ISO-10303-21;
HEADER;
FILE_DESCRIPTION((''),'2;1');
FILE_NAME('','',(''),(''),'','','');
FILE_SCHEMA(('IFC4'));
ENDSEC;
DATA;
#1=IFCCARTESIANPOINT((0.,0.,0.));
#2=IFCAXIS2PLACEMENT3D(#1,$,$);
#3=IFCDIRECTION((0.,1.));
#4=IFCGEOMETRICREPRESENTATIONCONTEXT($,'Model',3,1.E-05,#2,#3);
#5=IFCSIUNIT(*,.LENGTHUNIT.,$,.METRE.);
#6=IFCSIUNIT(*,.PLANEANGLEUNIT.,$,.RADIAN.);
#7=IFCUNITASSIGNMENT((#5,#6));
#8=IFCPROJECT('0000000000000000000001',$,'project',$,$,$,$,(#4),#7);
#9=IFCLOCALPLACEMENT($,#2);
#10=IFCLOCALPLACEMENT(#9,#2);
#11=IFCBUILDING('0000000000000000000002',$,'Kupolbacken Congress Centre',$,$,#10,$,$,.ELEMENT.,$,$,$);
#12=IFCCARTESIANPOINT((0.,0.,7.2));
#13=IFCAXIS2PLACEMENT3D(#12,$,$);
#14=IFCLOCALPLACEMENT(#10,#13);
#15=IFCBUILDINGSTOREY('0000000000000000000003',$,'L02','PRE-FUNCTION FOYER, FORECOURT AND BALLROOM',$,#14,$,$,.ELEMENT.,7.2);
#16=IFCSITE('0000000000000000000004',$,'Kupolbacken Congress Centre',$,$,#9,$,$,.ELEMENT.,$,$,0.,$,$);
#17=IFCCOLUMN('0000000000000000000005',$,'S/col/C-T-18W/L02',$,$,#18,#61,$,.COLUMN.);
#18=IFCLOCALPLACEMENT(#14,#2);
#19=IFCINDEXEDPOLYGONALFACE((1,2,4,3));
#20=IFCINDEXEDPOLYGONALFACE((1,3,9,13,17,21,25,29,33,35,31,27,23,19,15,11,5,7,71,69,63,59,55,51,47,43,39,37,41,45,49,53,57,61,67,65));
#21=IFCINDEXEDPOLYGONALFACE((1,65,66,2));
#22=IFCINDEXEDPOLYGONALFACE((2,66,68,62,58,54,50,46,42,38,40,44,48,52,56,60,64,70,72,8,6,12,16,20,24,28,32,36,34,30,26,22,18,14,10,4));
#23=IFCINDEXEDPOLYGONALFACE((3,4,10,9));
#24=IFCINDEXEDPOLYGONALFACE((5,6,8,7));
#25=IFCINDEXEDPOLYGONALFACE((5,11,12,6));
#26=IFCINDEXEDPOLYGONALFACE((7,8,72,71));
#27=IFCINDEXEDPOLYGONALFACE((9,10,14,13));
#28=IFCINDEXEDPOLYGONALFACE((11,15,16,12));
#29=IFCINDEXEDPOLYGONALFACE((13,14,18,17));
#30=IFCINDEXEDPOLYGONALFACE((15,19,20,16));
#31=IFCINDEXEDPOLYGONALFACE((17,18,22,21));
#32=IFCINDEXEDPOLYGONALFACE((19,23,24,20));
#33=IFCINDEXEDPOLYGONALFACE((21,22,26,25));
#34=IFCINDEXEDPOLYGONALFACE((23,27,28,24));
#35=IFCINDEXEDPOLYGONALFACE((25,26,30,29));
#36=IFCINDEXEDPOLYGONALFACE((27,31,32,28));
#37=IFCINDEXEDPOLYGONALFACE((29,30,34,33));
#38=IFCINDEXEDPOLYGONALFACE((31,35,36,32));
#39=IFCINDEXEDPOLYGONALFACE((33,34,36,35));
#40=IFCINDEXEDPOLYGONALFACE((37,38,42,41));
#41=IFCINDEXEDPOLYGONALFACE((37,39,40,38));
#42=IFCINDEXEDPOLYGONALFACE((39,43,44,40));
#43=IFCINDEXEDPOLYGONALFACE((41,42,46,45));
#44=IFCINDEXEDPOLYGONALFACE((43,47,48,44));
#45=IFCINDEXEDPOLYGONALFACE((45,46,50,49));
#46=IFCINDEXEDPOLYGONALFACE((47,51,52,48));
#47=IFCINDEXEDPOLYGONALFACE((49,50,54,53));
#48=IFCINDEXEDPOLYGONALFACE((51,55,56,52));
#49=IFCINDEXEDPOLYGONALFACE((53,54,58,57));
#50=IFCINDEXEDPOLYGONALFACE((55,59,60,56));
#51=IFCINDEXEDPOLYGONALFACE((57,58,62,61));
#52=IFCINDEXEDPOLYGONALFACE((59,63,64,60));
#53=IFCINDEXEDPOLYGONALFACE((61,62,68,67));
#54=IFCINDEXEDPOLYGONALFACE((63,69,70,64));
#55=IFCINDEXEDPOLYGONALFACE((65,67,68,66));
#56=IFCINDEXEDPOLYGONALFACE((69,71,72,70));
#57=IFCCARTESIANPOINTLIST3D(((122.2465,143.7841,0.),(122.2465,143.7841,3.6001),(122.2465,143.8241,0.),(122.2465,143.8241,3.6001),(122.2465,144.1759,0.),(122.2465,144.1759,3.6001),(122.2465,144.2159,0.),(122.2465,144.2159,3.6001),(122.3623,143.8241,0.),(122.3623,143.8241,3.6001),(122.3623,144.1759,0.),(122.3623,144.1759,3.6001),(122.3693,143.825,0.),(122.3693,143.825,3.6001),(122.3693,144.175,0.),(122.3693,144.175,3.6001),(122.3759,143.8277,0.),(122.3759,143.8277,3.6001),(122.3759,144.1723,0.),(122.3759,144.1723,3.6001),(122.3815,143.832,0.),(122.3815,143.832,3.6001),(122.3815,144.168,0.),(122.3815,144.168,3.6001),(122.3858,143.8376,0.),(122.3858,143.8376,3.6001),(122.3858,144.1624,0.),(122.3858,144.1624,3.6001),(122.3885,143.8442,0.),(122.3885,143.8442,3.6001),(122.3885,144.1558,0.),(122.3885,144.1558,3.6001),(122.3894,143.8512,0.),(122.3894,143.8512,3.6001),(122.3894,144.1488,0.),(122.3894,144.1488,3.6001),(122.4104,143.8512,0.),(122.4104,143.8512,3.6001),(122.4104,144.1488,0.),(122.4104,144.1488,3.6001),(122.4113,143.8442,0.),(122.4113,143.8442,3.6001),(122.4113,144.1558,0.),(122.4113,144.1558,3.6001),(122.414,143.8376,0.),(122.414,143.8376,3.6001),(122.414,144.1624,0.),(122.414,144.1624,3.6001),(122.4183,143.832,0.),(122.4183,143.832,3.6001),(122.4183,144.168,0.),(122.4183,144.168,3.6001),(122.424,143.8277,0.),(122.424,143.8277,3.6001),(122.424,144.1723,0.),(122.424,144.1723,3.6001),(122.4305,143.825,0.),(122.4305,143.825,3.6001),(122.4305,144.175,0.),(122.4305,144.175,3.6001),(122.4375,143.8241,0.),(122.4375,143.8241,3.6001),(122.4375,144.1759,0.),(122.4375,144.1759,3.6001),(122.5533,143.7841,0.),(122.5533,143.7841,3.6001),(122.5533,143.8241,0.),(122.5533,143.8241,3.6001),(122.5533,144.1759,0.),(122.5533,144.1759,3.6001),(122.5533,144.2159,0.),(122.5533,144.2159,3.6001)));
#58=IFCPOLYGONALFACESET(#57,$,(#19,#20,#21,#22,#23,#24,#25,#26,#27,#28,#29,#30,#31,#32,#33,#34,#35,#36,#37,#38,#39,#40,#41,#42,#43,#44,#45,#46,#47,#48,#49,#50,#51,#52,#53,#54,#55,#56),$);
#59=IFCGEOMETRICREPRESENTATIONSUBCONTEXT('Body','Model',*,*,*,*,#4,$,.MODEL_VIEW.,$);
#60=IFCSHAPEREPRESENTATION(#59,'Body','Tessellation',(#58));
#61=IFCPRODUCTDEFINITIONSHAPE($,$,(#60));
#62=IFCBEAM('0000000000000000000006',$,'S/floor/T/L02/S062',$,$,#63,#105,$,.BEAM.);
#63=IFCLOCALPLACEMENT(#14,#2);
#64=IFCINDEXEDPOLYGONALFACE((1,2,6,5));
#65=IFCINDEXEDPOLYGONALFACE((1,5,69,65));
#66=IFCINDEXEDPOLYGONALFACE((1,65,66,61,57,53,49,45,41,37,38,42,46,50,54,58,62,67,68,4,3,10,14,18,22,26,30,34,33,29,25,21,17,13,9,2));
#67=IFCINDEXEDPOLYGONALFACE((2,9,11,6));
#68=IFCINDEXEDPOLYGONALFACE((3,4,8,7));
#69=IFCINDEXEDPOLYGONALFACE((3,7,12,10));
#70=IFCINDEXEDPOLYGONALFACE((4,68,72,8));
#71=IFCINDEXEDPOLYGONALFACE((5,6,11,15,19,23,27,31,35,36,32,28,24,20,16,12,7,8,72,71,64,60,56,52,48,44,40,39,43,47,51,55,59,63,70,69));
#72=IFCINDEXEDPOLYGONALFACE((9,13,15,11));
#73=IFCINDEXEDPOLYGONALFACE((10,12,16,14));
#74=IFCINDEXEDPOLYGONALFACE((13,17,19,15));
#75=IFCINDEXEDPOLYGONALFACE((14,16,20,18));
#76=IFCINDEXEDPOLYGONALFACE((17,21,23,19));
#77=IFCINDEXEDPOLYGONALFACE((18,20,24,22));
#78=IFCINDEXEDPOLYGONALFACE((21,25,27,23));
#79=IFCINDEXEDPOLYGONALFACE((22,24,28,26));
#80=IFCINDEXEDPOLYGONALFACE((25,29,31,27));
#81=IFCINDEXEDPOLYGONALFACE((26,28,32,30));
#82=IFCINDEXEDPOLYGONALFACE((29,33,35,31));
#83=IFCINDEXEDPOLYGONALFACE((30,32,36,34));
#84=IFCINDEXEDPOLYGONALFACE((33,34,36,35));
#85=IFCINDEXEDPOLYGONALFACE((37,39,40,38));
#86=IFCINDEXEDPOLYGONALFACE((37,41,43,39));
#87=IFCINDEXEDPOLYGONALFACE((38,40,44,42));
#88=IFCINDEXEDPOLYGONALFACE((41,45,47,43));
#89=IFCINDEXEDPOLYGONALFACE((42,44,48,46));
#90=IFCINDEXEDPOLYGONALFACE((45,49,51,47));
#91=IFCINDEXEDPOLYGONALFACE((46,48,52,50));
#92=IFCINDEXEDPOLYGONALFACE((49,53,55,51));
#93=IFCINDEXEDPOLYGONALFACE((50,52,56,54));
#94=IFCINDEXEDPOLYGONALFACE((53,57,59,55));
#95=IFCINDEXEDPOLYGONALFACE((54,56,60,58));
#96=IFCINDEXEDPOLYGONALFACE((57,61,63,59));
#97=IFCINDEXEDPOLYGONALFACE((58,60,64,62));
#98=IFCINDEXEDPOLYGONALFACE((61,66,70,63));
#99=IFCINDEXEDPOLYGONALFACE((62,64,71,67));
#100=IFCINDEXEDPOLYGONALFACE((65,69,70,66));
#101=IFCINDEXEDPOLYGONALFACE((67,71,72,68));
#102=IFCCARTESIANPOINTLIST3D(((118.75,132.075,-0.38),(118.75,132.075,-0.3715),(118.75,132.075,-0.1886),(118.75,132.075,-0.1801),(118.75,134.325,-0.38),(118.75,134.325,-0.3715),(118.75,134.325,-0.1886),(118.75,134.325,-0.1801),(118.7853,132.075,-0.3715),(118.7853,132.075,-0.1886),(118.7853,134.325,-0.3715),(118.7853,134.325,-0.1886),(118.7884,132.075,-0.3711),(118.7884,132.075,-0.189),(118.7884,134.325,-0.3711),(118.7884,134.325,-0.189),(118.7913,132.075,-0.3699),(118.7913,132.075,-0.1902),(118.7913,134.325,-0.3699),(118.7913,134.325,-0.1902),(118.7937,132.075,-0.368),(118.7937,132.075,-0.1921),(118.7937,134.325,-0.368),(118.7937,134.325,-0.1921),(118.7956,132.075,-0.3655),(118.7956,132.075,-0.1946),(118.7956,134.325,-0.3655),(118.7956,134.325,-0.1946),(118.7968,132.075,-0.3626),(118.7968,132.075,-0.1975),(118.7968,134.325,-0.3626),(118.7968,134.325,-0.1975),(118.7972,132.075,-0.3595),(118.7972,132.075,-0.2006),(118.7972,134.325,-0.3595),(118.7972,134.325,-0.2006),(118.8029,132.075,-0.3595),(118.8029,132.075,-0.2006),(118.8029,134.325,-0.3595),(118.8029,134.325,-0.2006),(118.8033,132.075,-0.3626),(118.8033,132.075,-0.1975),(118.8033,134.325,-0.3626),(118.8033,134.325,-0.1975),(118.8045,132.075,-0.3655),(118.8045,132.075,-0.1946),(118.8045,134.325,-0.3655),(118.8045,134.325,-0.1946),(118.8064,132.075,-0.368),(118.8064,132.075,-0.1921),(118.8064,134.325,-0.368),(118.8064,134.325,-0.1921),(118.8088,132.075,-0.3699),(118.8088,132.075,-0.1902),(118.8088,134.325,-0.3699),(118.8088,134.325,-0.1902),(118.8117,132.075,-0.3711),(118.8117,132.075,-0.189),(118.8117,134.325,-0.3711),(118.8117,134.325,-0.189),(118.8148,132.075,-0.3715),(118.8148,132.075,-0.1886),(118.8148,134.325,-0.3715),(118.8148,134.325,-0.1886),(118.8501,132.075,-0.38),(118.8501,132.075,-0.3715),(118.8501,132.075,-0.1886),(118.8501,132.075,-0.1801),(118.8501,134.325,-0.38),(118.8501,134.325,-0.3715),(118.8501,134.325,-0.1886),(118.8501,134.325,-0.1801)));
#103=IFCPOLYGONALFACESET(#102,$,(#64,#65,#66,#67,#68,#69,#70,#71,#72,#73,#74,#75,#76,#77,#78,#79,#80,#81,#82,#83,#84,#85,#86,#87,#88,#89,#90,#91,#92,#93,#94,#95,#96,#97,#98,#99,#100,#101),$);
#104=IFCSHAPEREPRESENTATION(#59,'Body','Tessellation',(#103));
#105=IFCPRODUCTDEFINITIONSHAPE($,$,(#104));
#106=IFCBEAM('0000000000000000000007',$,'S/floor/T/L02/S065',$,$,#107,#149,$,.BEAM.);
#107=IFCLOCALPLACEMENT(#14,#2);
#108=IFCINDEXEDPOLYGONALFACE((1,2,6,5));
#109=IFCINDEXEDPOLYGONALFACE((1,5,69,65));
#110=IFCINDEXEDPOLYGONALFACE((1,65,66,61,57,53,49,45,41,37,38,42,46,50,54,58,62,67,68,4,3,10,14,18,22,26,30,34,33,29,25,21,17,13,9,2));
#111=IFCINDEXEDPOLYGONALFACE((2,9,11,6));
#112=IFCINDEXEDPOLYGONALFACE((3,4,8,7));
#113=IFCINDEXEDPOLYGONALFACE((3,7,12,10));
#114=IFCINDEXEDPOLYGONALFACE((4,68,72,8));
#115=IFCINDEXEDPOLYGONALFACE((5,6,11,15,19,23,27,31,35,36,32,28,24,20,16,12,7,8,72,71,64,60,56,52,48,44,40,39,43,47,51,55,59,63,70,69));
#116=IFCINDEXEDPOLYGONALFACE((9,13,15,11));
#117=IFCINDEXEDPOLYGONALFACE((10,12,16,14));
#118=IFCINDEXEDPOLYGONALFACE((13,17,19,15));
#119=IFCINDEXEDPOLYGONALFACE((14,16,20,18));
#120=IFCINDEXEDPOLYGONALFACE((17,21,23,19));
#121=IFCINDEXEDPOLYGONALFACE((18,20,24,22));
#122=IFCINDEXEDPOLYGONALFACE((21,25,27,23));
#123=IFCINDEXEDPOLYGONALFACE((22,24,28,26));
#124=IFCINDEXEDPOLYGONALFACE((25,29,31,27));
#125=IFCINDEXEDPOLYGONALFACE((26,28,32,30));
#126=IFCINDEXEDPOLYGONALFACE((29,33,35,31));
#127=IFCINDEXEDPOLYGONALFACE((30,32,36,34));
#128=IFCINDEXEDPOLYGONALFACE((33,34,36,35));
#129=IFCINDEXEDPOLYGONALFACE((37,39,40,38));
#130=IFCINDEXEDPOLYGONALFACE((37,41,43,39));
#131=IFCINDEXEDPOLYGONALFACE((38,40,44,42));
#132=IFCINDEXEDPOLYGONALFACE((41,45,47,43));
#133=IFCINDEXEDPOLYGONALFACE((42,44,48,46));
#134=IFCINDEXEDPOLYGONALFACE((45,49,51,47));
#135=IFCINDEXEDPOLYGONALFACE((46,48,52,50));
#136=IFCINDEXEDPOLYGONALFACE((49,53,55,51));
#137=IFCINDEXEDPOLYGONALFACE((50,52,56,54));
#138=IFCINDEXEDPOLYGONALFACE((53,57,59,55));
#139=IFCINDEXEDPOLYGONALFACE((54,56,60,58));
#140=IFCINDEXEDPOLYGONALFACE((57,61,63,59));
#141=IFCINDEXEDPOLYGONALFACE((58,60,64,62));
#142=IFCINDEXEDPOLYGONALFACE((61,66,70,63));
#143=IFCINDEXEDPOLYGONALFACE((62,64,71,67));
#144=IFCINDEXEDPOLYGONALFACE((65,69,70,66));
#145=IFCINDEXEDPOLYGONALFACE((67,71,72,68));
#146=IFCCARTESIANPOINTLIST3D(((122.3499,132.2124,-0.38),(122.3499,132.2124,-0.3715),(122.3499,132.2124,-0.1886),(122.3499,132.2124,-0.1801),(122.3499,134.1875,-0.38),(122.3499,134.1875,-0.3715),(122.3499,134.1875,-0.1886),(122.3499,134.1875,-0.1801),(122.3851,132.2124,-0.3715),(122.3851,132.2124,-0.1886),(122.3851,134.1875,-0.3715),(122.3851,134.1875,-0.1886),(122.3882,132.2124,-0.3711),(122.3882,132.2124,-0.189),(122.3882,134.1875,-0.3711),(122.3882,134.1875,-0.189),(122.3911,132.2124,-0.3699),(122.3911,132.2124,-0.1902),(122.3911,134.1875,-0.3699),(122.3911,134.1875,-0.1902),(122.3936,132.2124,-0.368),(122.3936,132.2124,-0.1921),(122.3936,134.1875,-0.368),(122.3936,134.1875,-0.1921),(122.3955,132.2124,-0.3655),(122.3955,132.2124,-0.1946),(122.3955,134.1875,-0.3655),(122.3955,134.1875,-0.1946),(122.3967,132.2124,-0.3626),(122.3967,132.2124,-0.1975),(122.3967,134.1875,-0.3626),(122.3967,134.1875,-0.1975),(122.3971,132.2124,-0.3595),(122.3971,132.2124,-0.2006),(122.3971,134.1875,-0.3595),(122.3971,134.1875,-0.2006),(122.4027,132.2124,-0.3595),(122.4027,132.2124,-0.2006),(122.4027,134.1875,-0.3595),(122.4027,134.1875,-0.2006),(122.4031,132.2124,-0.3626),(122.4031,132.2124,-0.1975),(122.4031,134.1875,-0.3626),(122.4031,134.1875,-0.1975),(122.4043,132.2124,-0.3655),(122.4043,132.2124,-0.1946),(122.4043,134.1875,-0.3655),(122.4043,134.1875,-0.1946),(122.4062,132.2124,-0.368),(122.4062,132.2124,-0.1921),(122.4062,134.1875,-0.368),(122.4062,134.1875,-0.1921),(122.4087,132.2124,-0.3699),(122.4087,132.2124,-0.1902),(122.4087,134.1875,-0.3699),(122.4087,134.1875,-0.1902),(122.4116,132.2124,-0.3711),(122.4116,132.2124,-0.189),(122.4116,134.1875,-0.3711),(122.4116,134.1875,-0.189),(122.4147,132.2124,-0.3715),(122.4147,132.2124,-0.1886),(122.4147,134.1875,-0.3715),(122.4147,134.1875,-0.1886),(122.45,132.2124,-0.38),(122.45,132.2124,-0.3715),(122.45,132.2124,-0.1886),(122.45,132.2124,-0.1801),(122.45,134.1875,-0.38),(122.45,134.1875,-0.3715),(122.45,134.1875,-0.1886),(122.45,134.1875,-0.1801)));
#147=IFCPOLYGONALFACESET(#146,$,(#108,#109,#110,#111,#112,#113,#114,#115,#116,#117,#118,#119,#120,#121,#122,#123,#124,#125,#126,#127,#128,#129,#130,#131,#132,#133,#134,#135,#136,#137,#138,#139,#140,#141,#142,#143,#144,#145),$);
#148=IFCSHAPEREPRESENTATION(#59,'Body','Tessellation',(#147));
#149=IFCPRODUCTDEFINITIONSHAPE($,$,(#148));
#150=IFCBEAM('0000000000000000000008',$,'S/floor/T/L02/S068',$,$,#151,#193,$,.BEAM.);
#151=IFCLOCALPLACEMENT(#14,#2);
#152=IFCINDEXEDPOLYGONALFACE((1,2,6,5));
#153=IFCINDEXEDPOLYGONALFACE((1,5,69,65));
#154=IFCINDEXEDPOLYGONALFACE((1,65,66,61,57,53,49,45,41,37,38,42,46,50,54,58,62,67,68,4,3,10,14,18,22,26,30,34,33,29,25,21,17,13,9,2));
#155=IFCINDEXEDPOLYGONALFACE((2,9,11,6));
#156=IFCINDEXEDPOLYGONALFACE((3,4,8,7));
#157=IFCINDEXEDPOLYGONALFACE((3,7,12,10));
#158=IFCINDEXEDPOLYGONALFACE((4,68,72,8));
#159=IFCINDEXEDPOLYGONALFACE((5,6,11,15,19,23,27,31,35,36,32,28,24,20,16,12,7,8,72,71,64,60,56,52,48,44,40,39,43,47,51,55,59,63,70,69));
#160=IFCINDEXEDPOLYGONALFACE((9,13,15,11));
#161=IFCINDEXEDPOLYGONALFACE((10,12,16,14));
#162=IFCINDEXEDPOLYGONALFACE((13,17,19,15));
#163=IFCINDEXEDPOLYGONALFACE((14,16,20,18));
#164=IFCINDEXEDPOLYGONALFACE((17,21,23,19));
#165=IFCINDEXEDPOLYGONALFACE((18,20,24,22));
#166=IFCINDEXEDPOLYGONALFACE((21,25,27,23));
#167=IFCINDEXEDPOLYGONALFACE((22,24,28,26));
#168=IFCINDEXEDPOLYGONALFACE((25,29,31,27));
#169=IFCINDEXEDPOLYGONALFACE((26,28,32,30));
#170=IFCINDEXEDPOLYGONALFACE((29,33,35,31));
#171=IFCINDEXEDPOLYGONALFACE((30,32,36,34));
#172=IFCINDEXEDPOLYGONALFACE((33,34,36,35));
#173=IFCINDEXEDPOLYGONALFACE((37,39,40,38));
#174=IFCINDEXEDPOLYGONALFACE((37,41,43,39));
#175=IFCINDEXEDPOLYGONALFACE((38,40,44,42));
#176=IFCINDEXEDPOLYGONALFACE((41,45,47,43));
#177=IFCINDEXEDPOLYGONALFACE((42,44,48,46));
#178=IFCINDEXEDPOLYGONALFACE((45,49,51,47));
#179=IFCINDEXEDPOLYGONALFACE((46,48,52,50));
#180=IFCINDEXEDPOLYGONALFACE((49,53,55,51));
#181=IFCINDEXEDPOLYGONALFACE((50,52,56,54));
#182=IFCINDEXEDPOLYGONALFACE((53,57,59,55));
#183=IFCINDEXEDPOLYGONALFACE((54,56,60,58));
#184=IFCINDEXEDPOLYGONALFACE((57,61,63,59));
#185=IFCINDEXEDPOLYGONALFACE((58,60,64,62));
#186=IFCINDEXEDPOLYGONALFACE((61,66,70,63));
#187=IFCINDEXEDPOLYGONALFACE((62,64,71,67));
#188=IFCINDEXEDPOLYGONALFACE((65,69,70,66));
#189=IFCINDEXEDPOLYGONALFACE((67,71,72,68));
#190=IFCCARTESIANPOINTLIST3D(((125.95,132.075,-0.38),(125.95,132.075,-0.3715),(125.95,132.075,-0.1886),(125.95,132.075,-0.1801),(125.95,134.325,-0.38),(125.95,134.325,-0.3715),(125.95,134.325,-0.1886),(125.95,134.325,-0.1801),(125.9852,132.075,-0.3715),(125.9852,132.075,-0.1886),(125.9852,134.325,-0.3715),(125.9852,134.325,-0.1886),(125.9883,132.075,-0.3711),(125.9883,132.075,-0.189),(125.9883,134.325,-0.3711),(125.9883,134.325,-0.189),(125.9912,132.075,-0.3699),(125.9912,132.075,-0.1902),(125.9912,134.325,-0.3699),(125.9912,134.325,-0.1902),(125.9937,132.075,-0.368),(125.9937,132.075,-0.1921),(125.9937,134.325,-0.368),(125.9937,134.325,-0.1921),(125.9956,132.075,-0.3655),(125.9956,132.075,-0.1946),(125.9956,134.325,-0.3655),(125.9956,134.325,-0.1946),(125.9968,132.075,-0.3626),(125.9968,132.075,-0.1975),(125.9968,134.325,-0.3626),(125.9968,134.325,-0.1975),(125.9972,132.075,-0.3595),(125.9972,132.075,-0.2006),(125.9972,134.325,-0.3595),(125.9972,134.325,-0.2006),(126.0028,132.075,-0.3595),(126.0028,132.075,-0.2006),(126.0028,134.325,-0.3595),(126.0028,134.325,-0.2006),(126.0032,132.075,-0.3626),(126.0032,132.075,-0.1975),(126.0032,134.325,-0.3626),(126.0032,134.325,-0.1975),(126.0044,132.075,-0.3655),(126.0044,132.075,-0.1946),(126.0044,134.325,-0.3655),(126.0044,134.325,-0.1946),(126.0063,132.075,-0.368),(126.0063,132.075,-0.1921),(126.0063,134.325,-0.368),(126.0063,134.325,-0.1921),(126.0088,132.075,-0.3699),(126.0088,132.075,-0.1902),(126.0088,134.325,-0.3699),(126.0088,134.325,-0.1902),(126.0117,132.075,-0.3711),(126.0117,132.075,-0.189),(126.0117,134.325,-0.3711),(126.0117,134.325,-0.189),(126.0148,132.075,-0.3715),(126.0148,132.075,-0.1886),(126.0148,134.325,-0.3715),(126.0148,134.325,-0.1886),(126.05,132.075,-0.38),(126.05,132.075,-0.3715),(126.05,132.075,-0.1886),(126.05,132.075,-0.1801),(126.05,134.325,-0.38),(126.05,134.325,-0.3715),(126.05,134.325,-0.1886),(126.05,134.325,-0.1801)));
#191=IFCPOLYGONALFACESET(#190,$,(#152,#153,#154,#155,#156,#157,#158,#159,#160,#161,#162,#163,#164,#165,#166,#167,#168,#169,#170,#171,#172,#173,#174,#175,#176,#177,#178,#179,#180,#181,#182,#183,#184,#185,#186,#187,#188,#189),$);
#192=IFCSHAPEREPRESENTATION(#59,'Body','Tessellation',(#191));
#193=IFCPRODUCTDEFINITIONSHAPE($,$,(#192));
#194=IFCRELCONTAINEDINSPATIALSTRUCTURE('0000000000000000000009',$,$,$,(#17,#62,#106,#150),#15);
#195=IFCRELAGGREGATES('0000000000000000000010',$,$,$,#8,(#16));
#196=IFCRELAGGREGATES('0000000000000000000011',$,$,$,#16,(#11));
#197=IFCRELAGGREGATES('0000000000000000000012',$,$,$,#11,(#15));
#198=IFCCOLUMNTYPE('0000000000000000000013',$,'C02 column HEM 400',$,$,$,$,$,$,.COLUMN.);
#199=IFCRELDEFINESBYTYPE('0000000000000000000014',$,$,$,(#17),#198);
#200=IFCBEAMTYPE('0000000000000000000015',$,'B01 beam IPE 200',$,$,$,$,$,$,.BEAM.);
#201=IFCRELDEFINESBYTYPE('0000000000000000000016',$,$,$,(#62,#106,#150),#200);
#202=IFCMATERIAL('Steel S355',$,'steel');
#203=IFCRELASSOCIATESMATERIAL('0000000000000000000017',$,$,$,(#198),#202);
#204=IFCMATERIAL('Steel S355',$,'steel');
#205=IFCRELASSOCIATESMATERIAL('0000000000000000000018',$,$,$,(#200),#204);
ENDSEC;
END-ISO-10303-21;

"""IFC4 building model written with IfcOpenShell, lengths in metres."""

from ifc_helpers import new_model, si_unit, direction, frame, origin, origin_2d, place, context, subcontext, project, spatial, i_section, extrude, material, material_profile, profile_set, type_object, element, save


model = new_model("IFC4")

# Units and contexts
model_context = context("Model", 3, precision=1e-05, world=origin(), true_north=direction((0.0, 1.0)))
body_context = subcontext(model_context, "Body", "Model", "MODEL_VIEW")
ifc_project = project(units=[si_unit("LENGTHUNIT", "METRE"), si_unit("PLANEANGLEUNIT", "RADIAN")], contexts=[model_context])

# Site, building, storey
site_placement = place(None, origin())
site = spatial("IfcSite", under=ifc_project, at=site_placement, Name="Kupolbacken Congress Centre", CompositionType="ELEMENT", RefElevation=0.0)
building_placement = place(site_placement, origin())
building = spatial("IfcBuilding", under=site, at=building_placement, Name="Kupolbacken Congress Centre", CompositionType="ELEMENT")
storey_placement = place(building_placement, frame((0.0, 0.0, 7.2)))
storey = spatial("IfcBuildingStorey", under=building, at=storey_placement, Name="L02", Description="PRE-FUNCTION FOYER, FORECOURT AND BALLROOM", CompositionType="ELEMENT", Elevation=7.2)

# Column
ifc_material_1 = material(Name="Steel S355", Category="steel")
ifc_material_profile_1 = material_profile(ifc_material_1, i_section(OverallWidth=0.3069, OverallDepth=0.4319, WebThickness=0.021, FlangeThickness=0.04, FilletRadius=0.0271, at=origin_2d()), Name="HEM 400")
ifc_profile_set_1 = profile_set([ifc_material_profile_1], Name="Steel S355")
column_type_1 = type_object("IfcColumnType", Name="C02 column HEM 400", PredefinedType="COLUMN", material=ifc_profile_set_1)
column_placement = place(storey_placement, frame((122.3999, 144.0, 0.0), z_axis=(0.0, 0.0, 1.0), x_axis=(1.0, 0.0, 0.0)))
element("IfcColumn", 1, at=column_placement, inside=storey, type_object=column_type_1, Name="S/col/C-T-18W/L02", PredefinedType="COLUMN", context=body_context, shape_type="SweptSolid", body=[
    extrude(i_section(OverallWidth=0.3069, OverallDepth=0.4319, WebThickness=0.021, FlangeThickness=0.04, FilletRadius=0.0271, at=origin_2d()), origin(), (0.0, 0.0, 1.0), 3.6001),
])

# Beams
ifc_material_2 = material(Name="Steel S355", Category="steel")
ifc_material_profile_2 = material_profile(ifc_material_2, i_section(OverallWidth=0.1001, OverallDepth=0.2, WebThickness=0.0056, FlangeThickness=0.0085, FilletRadius=0.012, at=origin_2d()), Name="IPE 200")
ifc_profile_set_2 = profile_set([ifc_material_profile_2], Name="Steel S355")
beam_type_1 = type_object("IfcBeamType", Name="B01 beam IPE 200", PredefinedType="BEAM", material=ifc_profile_set_2)
beam_1_placement = place(storey_placement, frame((118.8, 132.075, -0.28), z_axis=(0.0, 1.0, 0.0), x_axis=(-1.0, 0.0, 0.0)))
element("IfcBeam", 2, at=beam_1_placement, inside=storey, type_object=beam_type_1, Name="S/floor/T/L02/S062", PredefinedType="BEAM", context=body_context, shape_type="SweptSolid", body=[
    extrude(i_section(OverallWidth=0.1001, OverallDepth=0.2, WebThickness=0.0056, FlangeThickness=0.0085, FilletRadius=0.012, at=origin_2d()), origin(), (0.0, 0.0, 1.0), 2.25),
])
beam_2_placement = place(storey_placement, frame((122.3999, 132.2124, -0.28), z_axis=(0.0, 1.0, 0.0), x_axis=(-1.0, 0.0, 0.0)))
element("IfcBeam", 3, at=beam_2_placement, inside=storey, type_object=beam_type_1, Name="S/floor/T/L02/S065", PredefinedType="BEAM", context=body_context, shape_type="SweptSolid", body=[
    extrude(i_section(OverallWidth=0.1001, OverallDepth=0.2, WebThickness=0.0056, FlangeThickness=0.0085, FilletRadius=0.012, at=origin_2d()), origin(), (0.0, 0.0, 1.0), 1.9751),
])
beam_3_placement = place(storey_placement, frame((126.0, 132.075, -0.28), z_axis=(0.0, 1.0, 0.0), x_axis=(-1.0, 0.0, 0.0)))
element("IfcBeam", 4, at=beam_3_placement, inside=storey, type_object=beam_type_1, Name="S/floor/T/L02/S068", PredefinedType="BEAM", context=body_context, shape_type="SweptSolid", body=[
    extrude(i_section(OverallWidth=0.1001, OverallDepth=0.2, WebThickness=0.0056, FlangeThickness=0.0085, FilletRadius=0.012, at=origin_2d()), origin(), (0.0, 0.0, 1.0), 2.25),
])

save(model, "model.ifc")
